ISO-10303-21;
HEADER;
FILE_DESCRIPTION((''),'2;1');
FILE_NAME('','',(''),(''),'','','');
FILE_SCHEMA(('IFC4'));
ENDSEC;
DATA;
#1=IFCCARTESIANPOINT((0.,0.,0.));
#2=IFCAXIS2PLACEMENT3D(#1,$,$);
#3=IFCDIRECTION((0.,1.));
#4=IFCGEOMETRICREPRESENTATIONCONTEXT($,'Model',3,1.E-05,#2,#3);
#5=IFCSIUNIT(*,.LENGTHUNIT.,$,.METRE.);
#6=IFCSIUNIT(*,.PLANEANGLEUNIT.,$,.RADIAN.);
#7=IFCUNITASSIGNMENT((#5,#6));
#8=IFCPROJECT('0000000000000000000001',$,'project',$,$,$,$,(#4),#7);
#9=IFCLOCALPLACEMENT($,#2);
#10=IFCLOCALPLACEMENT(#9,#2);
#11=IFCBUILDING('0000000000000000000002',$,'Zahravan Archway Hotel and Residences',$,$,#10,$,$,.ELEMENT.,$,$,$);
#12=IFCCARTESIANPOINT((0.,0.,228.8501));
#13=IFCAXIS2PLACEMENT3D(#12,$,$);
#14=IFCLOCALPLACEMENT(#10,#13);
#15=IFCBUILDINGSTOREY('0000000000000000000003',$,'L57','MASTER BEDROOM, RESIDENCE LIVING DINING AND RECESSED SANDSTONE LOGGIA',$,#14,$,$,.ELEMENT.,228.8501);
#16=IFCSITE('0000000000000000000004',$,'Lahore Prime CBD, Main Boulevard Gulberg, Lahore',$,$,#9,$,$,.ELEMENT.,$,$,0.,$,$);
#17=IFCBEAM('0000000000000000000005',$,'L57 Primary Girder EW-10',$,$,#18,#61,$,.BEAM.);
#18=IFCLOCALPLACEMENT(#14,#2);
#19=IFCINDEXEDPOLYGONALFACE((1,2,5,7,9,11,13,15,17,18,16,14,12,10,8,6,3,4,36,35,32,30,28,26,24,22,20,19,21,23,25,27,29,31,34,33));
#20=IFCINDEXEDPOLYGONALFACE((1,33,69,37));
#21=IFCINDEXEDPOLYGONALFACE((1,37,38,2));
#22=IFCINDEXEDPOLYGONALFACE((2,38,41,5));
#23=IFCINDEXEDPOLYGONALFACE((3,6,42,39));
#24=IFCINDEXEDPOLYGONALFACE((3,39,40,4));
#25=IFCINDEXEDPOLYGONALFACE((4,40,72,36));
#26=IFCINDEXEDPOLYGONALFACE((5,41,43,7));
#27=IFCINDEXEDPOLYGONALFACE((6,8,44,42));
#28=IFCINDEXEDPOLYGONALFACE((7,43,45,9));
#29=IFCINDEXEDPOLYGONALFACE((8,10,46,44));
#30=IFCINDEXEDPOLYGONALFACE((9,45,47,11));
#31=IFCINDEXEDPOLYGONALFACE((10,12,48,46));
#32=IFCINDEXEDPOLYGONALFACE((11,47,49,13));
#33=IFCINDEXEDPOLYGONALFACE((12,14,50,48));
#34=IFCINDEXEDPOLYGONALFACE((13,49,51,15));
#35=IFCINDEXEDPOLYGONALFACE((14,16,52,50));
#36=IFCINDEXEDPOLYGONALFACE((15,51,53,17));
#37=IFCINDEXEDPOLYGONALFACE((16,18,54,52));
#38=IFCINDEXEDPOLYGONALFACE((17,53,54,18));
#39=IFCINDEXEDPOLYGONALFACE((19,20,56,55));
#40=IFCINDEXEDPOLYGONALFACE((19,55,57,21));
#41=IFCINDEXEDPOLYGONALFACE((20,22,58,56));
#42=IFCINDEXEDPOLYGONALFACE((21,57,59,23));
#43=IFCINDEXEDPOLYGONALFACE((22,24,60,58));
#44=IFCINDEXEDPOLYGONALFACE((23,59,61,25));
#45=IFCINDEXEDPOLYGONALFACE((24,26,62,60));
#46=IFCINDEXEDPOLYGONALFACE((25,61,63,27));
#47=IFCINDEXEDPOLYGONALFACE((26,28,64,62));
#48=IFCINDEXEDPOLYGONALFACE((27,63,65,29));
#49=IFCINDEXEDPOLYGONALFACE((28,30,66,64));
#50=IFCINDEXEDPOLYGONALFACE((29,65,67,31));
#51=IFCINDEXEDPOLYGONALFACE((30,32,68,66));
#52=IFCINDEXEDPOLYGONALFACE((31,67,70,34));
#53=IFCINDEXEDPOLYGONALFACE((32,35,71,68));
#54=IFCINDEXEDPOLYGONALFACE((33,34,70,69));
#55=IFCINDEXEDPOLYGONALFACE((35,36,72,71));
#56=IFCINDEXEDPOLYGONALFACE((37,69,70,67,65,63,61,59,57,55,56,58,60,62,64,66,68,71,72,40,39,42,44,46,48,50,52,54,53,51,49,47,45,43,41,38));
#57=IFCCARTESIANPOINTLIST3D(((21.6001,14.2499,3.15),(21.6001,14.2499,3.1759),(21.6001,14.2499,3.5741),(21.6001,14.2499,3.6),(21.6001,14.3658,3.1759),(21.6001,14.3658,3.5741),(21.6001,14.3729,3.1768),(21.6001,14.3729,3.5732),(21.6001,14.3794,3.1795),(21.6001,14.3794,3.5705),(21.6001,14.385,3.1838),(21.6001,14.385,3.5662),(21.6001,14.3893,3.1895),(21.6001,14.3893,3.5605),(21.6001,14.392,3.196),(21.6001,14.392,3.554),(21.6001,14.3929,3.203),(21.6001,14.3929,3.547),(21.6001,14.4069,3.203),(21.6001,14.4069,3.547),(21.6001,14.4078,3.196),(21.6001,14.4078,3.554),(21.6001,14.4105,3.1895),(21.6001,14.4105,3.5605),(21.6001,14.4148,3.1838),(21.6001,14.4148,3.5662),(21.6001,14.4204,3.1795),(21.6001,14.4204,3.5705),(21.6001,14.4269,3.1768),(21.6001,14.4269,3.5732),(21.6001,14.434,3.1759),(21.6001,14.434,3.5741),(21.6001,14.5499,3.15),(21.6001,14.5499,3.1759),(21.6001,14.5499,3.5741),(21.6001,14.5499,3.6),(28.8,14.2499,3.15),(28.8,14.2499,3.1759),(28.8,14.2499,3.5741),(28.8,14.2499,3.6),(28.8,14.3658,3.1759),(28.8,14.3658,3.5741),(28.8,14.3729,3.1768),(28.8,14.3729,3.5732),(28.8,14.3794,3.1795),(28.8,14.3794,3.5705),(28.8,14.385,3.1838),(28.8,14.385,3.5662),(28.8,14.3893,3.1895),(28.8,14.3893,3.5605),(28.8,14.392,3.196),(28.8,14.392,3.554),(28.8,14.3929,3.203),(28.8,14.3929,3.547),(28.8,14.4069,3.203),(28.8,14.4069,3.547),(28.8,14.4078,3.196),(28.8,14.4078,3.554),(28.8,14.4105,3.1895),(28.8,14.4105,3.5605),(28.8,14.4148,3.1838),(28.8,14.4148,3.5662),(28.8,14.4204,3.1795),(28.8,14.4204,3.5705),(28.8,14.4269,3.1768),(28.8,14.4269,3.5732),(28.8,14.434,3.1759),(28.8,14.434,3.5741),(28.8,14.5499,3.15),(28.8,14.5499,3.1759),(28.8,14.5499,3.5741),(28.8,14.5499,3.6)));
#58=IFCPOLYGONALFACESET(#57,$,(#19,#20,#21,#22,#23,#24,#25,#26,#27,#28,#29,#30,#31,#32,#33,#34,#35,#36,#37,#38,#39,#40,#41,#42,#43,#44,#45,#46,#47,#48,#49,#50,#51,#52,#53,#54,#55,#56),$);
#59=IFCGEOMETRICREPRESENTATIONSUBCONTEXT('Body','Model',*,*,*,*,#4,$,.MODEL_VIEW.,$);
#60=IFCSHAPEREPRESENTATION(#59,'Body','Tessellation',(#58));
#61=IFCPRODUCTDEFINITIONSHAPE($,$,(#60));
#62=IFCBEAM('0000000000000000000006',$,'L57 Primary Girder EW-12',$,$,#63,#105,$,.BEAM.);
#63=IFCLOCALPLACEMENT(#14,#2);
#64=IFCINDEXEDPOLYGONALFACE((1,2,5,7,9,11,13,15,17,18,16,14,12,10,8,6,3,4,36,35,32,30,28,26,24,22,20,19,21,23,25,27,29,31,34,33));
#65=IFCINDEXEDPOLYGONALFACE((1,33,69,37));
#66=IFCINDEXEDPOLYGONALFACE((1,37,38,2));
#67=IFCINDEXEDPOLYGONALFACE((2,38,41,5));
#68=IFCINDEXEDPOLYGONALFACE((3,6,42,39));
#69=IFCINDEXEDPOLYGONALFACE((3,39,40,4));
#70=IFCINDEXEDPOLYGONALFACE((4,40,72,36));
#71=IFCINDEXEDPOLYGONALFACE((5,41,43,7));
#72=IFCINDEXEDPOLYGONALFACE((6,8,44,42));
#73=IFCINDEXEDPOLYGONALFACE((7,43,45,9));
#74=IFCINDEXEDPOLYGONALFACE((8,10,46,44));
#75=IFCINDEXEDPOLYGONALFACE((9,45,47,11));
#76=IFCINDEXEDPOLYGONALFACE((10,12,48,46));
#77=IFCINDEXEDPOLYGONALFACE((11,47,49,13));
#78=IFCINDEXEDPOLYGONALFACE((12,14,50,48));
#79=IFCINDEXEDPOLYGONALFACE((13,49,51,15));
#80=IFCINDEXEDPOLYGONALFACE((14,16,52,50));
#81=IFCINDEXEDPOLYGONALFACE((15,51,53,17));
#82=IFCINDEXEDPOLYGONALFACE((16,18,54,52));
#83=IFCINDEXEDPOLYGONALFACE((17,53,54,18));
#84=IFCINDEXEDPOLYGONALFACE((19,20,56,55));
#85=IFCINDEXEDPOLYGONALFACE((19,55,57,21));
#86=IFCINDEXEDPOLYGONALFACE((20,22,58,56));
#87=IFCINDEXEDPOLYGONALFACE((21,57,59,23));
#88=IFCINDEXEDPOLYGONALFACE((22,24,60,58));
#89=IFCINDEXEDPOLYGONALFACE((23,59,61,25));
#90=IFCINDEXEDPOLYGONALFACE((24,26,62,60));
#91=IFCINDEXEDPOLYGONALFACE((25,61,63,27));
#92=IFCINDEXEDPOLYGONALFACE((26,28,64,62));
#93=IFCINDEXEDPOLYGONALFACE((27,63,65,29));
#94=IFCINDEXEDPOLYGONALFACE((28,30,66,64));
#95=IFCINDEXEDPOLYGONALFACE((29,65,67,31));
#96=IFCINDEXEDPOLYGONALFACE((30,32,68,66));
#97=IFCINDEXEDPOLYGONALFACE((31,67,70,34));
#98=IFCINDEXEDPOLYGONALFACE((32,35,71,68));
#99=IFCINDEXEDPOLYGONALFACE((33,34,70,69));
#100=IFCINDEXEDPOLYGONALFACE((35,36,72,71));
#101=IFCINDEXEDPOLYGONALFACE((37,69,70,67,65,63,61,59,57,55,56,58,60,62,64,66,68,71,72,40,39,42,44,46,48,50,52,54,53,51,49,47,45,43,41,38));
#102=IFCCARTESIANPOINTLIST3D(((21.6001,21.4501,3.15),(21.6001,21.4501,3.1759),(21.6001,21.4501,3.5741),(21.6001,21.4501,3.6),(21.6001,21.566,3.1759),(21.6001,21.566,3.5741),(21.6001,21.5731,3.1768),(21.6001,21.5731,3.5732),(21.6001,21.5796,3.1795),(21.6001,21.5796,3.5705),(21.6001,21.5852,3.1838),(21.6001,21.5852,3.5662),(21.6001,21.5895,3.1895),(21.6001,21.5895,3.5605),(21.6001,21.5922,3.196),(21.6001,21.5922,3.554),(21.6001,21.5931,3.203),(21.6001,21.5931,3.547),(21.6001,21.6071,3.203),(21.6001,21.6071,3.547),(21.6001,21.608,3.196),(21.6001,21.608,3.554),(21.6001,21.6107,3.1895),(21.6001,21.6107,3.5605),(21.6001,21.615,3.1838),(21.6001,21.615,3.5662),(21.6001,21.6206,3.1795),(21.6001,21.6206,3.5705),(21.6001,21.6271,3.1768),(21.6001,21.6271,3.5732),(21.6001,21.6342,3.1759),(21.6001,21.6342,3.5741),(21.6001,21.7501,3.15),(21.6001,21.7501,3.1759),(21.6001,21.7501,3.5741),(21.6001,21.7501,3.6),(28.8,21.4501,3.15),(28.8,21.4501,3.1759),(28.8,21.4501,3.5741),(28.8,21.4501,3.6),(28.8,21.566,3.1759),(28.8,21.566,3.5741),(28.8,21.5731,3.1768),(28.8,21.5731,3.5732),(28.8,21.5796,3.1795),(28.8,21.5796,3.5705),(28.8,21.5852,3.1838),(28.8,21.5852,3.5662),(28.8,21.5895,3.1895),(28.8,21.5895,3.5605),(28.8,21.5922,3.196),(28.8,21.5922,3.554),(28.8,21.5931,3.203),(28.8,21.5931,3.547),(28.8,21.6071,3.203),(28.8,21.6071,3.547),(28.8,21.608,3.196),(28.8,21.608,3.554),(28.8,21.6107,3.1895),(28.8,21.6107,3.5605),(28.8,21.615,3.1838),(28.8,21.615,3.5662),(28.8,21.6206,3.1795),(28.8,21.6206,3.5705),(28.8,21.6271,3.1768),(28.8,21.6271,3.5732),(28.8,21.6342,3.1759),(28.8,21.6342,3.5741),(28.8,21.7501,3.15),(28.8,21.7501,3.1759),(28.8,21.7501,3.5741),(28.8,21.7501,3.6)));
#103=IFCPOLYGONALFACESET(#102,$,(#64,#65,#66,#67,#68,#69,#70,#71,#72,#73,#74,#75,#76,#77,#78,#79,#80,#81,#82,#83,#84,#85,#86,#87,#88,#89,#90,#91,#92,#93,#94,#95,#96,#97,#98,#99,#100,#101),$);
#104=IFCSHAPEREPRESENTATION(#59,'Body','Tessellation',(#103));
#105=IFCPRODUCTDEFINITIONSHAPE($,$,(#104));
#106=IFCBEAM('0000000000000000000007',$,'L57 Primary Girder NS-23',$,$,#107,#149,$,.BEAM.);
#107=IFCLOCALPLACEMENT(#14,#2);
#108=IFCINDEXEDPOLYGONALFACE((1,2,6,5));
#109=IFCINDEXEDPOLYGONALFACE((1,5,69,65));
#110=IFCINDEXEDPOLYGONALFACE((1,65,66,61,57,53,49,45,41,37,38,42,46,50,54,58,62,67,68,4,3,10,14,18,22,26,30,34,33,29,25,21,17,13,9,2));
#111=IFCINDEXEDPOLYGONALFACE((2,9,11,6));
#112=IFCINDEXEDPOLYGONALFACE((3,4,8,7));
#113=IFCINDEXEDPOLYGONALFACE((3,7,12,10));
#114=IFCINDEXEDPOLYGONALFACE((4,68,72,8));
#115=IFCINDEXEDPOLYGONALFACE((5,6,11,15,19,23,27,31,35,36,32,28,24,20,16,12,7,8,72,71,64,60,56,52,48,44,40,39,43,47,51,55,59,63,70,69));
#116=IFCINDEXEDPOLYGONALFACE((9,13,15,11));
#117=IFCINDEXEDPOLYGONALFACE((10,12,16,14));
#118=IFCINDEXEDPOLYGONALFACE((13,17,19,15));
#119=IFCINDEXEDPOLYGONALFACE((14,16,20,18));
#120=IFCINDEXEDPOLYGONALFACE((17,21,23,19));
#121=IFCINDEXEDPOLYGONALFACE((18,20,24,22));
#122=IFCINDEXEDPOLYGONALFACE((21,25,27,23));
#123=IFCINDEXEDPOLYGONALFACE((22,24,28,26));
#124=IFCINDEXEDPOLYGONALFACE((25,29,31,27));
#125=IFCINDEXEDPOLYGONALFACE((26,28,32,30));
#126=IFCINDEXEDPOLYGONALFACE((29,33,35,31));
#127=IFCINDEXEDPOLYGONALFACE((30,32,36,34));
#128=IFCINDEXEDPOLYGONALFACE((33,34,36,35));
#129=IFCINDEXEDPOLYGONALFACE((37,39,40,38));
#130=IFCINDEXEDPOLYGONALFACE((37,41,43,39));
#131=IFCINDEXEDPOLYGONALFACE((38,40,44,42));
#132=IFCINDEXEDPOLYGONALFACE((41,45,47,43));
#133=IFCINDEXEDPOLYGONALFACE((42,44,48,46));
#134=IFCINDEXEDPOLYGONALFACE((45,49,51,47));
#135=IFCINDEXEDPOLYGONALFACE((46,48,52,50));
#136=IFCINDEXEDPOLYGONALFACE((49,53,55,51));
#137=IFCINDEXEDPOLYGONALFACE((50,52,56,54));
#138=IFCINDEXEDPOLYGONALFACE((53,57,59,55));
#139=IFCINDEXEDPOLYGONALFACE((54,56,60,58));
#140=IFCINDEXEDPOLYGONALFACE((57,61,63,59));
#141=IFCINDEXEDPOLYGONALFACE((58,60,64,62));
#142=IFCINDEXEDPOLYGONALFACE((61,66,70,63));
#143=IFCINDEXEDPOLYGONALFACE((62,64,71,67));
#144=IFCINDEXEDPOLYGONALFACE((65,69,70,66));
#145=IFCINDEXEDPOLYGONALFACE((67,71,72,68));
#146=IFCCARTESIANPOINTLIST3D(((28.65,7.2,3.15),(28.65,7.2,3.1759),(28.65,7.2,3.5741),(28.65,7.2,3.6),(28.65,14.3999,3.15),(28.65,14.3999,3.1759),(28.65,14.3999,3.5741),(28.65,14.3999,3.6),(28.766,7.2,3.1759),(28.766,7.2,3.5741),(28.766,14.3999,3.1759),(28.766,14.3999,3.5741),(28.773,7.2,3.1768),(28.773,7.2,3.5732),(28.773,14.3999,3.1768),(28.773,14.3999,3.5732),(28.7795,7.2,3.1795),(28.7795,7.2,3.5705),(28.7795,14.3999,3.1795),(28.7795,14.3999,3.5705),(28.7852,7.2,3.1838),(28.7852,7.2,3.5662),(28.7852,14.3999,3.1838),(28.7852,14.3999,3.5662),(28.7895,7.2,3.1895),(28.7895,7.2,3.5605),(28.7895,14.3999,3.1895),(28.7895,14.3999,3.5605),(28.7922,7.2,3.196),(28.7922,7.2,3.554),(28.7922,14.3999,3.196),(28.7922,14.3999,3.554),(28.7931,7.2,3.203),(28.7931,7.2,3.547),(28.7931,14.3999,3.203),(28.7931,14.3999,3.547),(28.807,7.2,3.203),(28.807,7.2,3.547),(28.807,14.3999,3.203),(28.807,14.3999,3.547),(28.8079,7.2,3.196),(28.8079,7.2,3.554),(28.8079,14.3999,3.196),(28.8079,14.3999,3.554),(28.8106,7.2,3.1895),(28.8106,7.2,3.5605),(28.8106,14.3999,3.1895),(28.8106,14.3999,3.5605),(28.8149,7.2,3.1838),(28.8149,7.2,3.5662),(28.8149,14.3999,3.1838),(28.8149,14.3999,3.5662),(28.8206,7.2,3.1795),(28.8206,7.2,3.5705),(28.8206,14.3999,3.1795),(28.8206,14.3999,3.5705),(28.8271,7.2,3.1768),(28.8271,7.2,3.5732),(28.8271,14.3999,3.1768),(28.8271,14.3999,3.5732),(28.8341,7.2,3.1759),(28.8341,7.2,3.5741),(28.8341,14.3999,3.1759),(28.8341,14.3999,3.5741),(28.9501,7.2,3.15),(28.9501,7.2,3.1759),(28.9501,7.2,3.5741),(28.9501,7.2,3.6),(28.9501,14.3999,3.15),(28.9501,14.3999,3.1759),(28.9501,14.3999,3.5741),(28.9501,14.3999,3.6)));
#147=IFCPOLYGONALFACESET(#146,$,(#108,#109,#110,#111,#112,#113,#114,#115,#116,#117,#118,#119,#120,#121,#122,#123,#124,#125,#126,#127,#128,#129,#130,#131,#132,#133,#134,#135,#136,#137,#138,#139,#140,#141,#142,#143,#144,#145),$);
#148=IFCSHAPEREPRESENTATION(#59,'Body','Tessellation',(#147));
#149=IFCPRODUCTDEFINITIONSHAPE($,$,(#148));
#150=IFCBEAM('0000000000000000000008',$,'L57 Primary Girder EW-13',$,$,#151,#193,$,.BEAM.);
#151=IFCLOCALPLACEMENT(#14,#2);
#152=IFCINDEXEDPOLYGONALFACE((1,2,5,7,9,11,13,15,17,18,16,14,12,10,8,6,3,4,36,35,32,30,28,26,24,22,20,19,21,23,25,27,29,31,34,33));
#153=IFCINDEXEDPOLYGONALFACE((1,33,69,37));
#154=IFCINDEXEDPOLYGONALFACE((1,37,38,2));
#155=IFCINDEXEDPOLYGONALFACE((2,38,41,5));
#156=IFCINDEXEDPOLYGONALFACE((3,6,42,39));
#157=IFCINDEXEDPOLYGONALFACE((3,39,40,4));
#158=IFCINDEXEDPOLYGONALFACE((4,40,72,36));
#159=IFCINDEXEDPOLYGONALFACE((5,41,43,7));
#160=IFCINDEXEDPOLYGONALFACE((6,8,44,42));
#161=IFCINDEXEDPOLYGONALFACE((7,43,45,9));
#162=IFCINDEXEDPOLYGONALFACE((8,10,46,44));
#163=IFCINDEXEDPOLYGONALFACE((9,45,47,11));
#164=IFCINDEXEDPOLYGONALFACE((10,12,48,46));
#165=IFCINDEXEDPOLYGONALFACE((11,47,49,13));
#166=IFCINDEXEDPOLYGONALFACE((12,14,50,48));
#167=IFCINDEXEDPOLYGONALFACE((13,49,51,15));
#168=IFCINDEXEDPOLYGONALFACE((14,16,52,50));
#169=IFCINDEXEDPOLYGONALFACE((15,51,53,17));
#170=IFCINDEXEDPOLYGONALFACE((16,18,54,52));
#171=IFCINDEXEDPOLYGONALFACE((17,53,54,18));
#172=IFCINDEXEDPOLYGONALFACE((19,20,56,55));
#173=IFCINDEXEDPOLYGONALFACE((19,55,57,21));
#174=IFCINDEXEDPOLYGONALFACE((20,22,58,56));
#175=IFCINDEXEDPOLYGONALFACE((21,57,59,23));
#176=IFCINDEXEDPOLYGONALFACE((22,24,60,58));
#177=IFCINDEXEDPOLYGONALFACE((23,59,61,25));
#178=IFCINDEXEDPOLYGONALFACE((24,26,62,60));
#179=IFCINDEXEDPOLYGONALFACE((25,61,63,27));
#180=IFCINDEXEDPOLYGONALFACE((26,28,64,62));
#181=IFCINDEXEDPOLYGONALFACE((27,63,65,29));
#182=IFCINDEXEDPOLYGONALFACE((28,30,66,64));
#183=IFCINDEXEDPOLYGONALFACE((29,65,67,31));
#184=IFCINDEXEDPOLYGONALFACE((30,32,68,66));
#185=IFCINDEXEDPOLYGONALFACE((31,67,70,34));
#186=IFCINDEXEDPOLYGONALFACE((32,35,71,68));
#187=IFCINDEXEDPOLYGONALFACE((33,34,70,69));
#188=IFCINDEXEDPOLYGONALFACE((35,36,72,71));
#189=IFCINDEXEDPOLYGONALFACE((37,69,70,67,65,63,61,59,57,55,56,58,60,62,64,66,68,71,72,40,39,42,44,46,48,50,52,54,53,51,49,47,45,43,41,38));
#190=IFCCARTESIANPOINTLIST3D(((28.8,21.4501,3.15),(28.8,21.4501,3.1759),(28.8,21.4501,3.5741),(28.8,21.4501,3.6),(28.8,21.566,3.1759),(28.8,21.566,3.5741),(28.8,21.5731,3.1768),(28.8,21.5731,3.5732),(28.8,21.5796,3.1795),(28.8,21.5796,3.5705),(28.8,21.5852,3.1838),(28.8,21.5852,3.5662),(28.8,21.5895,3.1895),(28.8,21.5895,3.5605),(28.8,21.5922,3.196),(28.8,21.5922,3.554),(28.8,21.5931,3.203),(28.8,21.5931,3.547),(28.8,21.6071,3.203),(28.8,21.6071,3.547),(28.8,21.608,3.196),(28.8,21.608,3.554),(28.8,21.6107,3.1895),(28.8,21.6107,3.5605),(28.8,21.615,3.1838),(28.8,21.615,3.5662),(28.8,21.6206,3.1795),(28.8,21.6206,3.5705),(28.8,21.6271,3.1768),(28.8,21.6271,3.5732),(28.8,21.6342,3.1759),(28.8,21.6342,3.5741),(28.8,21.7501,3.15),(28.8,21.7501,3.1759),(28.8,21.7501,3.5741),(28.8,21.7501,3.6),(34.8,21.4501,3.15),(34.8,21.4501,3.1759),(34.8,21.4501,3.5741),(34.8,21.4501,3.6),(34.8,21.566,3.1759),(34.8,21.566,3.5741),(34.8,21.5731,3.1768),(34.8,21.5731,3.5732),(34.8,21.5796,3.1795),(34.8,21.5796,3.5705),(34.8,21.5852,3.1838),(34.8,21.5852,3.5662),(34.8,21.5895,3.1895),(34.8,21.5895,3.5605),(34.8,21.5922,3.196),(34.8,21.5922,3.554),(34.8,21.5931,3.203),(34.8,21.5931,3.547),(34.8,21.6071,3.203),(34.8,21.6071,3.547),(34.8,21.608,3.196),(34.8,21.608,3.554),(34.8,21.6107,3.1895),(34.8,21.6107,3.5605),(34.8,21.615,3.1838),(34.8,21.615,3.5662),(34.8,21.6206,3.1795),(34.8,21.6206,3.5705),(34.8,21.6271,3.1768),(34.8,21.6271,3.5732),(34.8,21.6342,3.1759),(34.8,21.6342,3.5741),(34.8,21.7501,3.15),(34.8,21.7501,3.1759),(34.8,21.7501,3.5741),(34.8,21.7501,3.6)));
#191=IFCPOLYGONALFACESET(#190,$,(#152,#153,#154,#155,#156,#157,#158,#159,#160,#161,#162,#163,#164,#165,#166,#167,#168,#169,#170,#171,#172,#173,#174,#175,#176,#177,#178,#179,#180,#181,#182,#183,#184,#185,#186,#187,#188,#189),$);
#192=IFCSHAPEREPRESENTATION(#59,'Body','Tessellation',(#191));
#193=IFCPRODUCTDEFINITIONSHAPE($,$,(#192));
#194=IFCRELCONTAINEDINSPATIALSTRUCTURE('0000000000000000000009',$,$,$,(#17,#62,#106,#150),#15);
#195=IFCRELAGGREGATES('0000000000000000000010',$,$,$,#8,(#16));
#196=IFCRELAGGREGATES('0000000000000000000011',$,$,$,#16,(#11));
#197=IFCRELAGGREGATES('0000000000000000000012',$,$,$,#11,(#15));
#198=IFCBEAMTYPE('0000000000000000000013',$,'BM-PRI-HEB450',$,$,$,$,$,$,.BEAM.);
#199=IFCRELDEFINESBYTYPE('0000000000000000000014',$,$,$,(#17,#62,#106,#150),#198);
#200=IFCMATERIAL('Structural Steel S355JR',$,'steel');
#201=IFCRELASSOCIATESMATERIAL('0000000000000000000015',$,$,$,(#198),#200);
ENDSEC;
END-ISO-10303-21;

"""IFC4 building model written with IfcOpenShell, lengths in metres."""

from ifc_helpers import new_model, si_unit, direction, frame, origin, origin_2d, place, context, subcontext, project, spatial, i_section, extrude, source, transform, mapped, material, material_profile, profile_set, type_object, element, save


model = new_model("IFC4")

# Units and contexts
model_context = context("Model", 3, precision=1e-05, world=origin(), true_north=direction((0.0, 1.0)))
body_context = subcontext(model_context, "Body", "Model", "MODEL_VIEW")
ifc_project = project(units=[si_unit("LENGTHUNIT", "METRE"), si_unit("PLANEANGLEUNIT", "RADIAN")], contexts=[model_context])

# Site, building, storey
site_placement = place(None, origin())
site = spatial("IfcSite", under=ifc_project, at=site_placement, Name="Lahore Prime CBD, Main Boulevard Gulberg, Lahore", CompositionType="ELEMENT", RefElevation=0.0)
building_placement = place(site_placement, origin())
building = spatial("IfcBuilding", under=site, at=building_placement, Name="Zahravan Archway Hotel and Residences", CompositionType="ELEMENT")
storey_placement = place(building_placement, frame((0.0, 0.0, 228.8501)))
storey = spatial("IfcBuildingStorey", under=building, at=storey_placement, Name="L57", Description="MASTER BEDROOM, RESIDENCE LIVING DINING AND RECESSED SANDSTONE LOGGIA", CompositionType="ELEMENT", Elevation=228.8501)

# Beams
ifc_material_1 = material(Name="Structural Steel S355JR", Category="steel")
ifc_material_profile_1 = material_profile(ifc_material_1, i_section(OverallWidth=0.3, OverallDepth=0.45, WebThickness=0.0139, FlangeThickness=0.0259, FilletRadius=0.0271, at=origin_2d()), Name="HEB 450", Category="steel")
ifc_profile_set_1 = profile_set([ifc_material_profile_1], Name="Structural Steel S355JR")
beam_type_1 = type_object("IfcBeamType", Name="BM-PRI-HEB450", PredefinedType="BEAM", material=ifc_profile_set_1)
shared_shape_1 = source(origin(), body_context, "Body", "SweptSolid", [
    extrude(i_section(OverallWidth=0.3, OverallDepth=0.45, WebThickness=0.0139, FlangeThickness=0.0259, FilletRadius=0.0271, at=origin_2d()), origin(), (0.0, 0.0, 1.0), 7.2),
])
for number, where, z_axis, x_axis, name in (
    (1, (21.6001, 14.3999, 3.375), (1.0, 0.0, 0.0), (0.0, 1.0, 0.0), "L57 Primary Girder EW-10"),
    (2, (21.6001, 21.6001, 3.375), (1.0, 0.0, 0.0), (0.0, 1.0, 0.0), "L57 Primary Girder EW-12"),
    (3, (28.8, 7.2, 3.375), (0.0, 1.0, 0.0), (-1.0, 0.0, 0.0), "L57 Primary Girder NS-23"),
):
    element("IfcBeam", number, at=place(storey_placement, frame(where, z_axis=z_axis, x_axis=x_axis)), inside=storey, type_object=beam_type_1, Name=name, PredefinedType="BEAM", context=body_context, shape_type="MappedRepresentation", body=[
        mapped(shared_shape_1, transform((0.0, 0.0, 0.0), scale=1.0)),
    ])
shared_shape_2 = source(origin(), body_context, "Body", "SweptSolid", [
    extrude(i_section(OverallWidth=0.3, OverallDepth=0.45, WebThickness=0.0139, FlangeThickness=0.0259, FilletRadius=0.0271, at=origin_2d()), origin(), (0.0, 0.0, 1.0), 6.0),
])
beam_1_placement = place(storey_placement, frame((28.8, 21.6001, 3.375), z_axis=(1.0, 0.0, 0.0), x_axis=(0.0, 1.0, 0.0)))
element("IfcBeam", 4, at=beam_1_placement, inside=storey, type_object=beam_type_1, Name="L57 Primary Girder EW-13", PredefinedType="BEAM", context=body_context, shape_type="MappedRepresentation", body=[
    mapped(shared_shape_2, transform((0.0, 0.0, 0.0), scale=1.0)),
])

save(model, "model.ifc")
